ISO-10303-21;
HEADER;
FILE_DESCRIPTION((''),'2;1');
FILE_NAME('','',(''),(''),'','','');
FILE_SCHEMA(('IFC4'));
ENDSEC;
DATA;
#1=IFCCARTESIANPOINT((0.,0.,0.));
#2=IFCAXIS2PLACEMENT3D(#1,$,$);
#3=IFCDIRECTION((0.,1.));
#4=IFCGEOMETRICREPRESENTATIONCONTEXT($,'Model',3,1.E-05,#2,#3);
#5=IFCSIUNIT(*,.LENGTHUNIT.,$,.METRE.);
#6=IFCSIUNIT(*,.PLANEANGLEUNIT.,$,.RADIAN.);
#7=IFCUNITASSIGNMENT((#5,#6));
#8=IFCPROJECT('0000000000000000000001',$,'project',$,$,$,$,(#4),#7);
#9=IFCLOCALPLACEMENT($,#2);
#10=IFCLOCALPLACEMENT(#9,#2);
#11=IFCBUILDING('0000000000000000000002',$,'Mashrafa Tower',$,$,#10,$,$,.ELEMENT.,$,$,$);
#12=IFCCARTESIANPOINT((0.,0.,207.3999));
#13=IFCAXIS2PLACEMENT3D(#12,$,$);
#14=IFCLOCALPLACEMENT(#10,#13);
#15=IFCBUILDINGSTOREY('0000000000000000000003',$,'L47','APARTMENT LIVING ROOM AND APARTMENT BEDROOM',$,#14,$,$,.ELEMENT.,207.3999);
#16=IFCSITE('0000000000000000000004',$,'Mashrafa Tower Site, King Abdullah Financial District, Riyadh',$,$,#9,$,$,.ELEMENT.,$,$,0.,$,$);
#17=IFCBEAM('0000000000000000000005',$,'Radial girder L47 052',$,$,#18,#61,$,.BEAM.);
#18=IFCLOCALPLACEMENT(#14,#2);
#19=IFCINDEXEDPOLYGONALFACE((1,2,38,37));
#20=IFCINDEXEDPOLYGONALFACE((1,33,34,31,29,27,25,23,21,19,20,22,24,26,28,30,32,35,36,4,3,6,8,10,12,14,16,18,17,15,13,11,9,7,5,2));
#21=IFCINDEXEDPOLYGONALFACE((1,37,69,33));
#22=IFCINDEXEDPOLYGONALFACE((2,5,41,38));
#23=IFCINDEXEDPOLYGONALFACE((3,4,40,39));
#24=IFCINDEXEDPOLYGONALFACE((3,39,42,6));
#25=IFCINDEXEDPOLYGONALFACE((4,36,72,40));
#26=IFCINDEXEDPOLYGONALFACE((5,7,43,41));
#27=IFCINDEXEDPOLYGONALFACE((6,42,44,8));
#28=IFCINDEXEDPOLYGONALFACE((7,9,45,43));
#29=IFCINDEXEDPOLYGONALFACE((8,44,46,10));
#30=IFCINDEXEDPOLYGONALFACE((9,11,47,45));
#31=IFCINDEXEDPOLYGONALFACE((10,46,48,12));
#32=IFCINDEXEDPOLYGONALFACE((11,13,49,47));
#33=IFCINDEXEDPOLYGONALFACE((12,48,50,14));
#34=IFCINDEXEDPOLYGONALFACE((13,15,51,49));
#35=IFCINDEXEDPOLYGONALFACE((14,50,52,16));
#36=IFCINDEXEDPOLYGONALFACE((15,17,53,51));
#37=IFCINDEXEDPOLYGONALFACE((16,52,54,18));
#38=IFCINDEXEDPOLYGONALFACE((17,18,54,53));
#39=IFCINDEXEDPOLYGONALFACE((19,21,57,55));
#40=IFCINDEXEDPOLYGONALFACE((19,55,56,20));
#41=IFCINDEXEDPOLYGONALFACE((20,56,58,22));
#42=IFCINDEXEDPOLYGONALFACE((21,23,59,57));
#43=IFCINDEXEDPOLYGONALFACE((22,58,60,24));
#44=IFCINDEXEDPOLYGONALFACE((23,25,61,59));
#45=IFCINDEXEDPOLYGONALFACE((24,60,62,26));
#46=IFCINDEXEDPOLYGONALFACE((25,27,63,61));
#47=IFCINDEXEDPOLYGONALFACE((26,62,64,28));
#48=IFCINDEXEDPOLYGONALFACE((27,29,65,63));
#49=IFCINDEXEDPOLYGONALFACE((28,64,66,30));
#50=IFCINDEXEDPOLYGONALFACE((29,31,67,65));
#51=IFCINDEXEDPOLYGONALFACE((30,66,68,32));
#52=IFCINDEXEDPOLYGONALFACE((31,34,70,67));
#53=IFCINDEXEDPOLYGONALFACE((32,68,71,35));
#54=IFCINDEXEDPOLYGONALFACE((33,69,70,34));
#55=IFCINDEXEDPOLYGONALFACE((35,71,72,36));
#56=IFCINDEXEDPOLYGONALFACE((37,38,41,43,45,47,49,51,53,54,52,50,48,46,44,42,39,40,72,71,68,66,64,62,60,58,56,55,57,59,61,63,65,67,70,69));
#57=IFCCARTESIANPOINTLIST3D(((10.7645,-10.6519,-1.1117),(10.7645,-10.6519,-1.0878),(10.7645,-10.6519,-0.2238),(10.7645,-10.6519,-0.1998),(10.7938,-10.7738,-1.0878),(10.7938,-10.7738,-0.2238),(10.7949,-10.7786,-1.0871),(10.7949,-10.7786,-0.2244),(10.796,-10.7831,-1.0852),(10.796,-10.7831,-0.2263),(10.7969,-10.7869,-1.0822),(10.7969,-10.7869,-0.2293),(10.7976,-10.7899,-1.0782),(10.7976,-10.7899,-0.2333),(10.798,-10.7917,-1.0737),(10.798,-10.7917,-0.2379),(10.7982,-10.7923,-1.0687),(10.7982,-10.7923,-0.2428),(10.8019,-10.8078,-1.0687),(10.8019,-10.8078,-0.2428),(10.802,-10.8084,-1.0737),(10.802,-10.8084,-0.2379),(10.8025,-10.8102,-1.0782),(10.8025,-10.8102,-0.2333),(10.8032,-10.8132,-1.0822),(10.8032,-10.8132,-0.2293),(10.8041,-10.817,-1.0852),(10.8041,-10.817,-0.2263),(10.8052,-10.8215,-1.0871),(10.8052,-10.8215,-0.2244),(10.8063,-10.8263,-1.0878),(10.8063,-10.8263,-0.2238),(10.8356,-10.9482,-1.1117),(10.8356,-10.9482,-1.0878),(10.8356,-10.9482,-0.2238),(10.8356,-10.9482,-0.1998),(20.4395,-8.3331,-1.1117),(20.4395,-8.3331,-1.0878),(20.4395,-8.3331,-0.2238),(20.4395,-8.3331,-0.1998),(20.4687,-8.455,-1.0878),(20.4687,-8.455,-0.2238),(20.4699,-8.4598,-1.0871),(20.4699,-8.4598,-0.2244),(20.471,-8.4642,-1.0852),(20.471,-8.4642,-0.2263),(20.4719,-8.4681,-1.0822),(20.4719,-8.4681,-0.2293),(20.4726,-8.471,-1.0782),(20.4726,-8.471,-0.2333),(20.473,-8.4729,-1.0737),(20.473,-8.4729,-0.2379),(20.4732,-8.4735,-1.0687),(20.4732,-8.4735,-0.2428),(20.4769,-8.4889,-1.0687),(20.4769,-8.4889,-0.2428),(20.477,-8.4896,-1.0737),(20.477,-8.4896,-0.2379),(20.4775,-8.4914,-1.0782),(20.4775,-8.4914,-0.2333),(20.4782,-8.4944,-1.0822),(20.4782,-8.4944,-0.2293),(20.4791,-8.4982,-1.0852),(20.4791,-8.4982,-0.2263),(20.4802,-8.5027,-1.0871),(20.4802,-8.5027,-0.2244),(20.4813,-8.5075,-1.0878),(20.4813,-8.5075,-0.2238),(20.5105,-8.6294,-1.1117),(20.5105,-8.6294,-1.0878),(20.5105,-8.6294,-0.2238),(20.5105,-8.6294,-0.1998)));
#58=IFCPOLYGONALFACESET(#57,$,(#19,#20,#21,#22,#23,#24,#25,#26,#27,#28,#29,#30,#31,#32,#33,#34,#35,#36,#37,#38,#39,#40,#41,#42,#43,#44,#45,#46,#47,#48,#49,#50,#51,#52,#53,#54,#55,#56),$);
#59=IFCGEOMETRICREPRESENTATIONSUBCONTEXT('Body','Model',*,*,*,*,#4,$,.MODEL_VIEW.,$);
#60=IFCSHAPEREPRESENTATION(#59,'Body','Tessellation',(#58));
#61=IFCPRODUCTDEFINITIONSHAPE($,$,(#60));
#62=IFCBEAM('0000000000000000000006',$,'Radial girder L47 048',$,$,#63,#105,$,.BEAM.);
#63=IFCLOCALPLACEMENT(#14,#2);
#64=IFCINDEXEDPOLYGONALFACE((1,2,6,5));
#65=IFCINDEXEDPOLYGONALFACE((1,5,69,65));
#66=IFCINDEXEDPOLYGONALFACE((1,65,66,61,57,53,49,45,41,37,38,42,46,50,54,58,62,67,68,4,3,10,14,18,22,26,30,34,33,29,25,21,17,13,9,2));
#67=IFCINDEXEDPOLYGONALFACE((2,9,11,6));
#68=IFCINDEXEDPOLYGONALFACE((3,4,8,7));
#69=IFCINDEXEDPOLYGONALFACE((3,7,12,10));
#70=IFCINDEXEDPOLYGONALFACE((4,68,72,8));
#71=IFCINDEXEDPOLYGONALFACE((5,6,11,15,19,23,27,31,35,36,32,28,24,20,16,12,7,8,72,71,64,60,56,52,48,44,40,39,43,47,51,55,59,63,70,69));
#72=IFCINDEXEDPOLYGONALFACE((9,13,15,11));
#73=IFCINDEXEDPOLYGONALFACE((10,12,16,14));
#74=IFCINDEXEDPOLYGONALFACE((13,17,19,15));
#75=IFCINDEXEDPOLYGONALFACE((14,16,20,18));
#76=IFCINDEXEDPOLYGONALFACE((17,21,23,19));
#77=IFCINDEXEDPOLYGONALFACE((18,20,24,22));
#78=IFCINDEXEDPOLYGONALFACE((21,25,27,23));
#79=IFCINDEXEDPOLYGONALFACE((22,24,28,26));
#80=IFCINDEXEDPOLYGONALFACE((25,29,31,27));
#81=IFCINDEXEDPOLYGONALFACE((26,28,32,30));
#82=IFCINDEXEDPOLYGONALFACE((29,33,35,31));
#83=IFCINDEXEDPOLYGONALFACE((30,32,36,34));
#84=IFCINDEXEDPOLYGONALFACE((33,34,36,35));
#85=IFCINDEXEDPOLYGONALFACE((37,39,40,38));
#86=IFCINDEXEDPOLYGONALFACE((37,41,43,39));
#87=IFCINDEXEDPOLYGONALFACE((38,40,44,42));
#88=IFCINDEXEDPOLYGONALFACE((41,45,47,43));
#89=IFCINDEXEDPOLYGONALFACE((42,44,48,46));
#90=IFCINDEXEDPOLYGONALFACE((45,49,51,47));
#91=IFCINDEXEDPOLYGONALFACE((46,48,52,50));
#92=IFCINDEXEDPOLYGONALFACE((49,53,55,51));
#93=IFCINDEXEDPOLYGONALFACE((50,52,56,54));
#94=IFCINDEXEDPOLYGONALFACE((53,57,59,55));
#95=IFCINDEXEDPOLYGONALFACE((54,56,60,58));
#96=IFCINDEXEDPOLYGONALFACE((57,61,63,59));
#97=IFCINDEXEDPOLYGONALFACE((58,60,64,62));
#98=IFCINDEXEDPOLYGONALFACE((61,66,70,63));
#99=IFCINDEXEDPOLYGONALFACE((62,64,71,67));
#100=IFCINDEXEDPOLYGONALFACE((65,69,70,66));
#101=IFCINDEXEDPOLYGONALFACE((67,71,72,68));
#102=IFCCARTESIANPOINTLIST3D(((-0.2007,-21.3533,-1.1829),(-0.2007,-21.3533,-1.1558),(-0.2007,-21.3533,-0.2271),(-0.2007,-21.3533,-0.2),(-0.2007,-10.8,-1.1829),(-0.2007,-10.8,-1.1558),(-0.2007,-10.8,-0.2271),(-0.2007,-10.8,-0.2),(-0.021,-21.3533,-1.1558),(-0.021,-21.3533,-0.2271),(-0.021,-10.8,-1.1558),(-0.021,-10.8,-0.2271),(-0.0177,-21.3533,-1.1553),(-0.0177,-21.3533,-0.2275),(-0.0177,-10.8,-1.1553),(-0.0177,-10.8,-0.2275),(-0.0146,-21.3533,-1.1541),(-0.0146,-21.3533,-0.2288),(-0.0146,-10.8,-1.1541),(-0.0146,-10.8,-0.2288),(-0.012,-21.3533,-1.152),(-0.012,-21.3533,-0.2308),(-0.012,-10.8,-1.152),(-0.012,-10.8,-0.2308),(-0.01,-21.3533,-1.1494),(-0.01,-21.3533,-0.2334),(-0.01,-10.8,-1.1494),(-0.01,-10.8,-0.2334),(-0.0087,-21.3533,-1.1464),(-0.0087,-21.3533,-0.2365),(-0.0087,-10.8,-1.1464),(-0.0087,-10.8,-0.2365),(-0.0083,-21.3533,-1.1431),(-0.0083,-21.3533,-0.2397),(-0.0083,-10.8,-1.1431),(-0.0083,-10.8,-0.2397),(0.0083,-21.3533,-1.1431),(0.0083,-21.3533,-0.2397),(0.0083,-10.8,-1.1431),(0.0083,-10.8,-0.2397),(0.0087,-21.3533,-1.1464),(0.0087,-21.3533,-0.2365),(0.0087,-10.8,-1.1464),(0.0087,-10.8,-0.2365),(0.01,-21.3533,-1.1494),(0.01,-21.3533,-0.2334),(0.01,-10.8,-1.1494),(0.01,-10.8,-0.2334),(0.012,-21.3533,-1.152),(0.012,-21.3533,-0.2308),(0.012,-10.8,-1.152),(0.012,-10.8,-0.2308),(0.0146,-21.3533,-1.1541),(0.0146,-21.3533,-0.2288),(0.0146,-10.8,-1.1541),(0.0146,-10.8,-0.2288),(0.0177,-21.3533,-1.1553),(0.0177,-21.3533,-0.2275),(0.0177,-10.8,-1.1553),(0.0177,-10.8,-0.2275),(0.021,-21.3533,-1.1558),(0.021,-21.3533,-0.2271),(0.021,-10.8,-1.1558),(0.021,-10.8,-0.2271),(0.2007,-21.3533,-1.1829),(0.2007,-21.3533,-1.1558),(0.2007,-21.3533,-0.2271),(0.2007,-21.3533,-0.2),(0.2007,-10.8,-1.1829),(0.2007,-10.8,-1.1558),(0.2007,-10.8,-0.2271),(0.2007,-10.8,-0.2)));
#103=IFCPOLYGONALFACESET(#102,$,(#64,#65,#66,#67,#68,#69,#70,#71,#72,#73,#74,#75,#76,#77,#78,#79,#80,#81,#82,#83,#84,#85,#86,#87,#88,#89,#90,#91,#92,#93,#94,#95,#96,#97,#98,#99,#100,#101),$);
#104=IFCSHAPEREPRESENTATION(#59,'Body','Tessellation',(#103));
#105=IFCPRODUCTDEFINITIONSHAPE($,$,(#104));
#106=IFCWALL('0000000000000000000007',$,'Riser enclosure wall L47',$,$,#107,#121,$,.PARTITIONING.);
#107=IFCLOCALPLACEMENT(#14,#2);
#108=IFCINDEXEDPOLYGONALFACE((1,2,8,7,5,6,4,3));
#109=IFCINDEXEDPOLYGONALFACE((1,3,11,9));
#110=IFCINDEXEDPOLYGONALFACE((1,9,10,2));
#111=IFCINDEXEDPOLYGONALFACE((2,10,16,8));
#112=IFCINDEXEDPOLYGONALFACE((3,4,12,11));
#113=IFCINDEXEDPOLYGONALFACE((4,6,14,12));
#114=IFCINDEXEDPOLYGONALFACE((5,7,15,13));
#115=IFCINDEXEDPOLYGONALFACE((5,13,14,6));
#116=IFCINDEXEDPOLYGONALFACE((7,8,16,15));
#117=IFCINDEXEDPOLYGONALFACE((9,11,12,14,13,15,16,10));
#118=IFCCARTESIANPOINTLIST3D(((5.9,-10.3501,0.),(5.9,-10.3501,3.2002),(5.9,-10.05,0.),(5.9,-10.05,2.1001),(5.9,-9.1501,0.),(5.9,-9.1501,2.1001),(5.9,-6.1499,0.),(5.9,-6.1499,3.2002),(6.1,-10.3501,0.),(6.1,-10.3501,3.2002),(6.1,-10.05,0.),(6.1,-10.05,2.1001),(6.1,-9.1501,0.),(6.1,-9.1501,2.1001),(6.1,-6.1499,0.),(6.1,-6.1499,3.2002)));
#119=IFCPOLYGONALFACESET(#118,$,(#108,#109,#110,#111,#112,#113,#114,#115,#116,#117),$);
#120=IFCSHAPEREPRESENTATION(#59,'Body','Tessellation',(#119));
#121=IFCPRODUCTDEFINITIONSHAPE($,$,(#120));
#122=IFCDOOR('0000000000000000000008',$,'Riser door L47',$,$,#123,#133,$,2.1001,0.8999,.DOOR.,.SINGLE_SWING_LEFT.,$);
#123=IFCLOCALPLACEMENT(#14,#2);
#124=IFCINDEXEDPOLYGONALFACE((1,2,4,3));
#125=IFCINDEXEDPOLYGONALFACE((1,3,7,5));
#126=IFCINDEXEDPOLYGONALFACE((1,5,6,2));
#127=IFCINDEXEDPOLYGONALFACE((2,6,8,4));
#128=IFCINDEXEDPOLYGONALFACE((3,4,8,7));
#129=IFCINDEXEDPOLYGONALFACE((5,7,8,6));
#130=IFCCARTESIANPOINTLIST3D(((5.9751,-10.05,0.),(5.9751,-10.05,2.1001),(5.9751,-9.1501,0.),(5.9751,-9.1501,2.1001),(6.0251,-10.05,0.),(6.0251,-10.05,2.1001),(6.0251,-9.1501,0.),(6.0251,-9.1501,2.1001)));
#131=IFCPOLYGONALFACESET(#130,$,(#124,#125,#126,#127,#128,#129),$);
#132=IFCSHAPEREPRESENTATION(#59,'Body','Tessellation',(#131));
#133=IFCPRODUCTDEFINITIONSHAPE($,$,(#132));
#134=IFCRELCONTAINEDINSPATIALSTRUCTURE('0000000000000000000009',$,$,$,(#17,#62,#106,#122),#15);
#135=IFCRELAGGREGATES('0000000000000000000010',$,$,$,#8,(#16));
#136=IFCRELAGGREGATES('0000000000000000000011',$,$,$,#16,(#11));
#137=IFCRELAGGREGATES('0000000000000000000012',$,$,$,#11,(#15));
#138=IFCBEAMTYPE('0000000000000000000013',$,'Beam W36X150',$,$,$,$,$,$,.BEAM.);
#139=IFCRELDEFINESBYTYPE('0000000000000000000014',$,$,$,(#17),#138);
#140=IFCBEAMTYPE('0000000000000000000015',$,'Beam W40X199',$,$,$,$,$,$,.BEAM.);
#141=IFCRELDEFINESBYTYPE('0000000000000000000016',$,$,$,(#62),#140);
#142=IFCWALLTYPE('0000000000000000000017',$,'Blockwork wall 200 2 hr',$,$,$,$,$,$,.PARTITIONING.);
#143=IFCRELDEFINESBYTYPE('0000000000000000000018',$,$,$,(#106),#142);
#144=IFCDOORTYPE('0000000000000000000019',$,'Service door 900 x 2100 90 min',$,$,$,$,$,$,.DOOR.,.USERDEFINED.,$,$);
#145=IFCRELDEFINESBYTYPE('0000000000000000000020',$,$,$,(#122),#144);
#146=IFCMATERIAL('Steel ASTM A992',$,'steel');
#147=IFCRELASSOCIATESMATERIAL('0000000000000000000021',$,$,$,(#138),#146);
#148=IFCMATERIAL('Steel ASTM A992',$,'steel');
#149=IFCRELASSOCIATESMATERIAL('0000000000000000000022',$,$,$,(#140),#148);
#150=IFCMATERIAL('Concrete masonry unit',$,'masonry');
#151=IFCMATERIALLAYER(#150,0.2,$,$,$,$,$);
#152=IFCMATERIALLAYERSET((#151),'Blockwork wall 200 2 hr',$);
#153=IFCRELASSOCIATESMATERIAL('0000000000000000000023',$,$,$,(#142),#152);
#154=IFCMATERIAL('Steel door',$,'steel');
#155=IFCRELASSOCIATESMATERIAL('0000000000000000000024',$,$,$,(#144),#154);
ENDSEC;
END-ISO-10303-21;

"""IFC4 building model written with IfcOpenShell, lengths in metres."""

from ifc_helpers import new_model, si_unit, direction, frame, frame_2d, origin, origin_2d, place, context, subcontext, project, spatial, rectangle, i_section, extrude, material, layer, layer_set, material_profile, profile_set, type_object, element, fill, save


model = new_model("IFC4")

# Units and contexts
model_context = context("Model", 3, precision=1e-05, world=origin(), true_north=direction((0.0, 1.0)))
body_context = subcontext(model_context, "Body", "Model", "MODEL_VIEW")
ifc_project = project(units=[si_unit("LENGTHUNIT", "METRE"), si_unit("PLANEANGLEUNIT", "RADIAN")], contexts=[model_context])

# Site, building, storey
site_placement = place(None, origin())
site = spatial("IfcSite", under=ifc_project, at=site_placement, Name="Mashrafa Tower Site, King Abdullah Financial District, Riyadh", CompositionType="ELEMENT", RefElevation=0.0)
building_placement = place(site_placement, origin())
building = spatial("IfcBuilding", under=site, at=building_placement, Name="Mashrafa Tower", CompositionType="ELEMENT")
storey_placement = place(building_placement, frame((0.0, 0.0, 207.3999)))
storey = spatial("IfcBuildingStorey", under=building, at=storey_placement, Name="L47", Description="APARTMENT LIVING ROOM AND APARTMENT BEDROOM", CompositionType="ELEMENT", Elevation=207.3999)

# Beams
ifc_material_1 = material(Name="Steel ASTM A992", Category="steel")
ifc_material_profile_1 = material_profile(ifc_material_1, i_section(OverallWidth=0.3047, OverallDepth=0.9119, WebThickness=0.0159, FlangeThickness=0.0239, FilletRadius=0.019, at=origin_2d()), Name="W36X150")
ifc_profile_set_1 = profile_set([ifc_material_profile_1], Name="Steel ASTM A992")
beam_type_1 = type_object("IfcBeamType", Name="Beam W36X150", PredefinedType="BEAM", material=ifc_profile_set_1)
for number, where, z_axis, x_axis, name in (
    (1, (10.8, -10.8, -0.6558), (0.972459, 0.233072, 0.0), (-0.233072, 0.972459, 0.0), "Radial girder L47 052"),
):
    element("IfcBeam", number, at=place(storey_placement, frame(where, z_axis=z_axis, x_axis=x_axis)), inside=storey, type_object=beam_type_1, Name=name, PredefinedType="BEAM", context=body_context, shape_type="SweptSolid", body=[
        extrude(i_section(OverallWidth=0.3047, OverallDepth=0.9119, WebThickness=0.0159, FlangeThickness=0.0239, FilletRadius=0.019, at=origin_2d()), origin(), (0.0, 0.0, 1.0), 9.949),
    ])
ifc_material_2 = material(Name="Steel ASTM A992", Category="steel")
ifc_material_profile_2 = material_profile(ifc_material_2, i_section(OverallWidth=0.4014, OverallDepth=0.9829, WebThickness=0.0166, FlangeThickness=0.0271, FilletRadius=0.0127, at=origin_2d()), Name="W40X199")
ifc_profile_set_2 = profile_set([ifc_material_profile_2], Name="Steel ASTM A992")
beam_type_2 = type_object("IfcBeamType", Name="Beam W40X199", PredefinedType="BEAM", material=ifc_profile_set_2)
beam_1_placement = place(storey_placement, frame((0.0, -10.8, -0.6914), z_axis=(0.0, -1.0, 0.0), x_axis=(1.0, 0.0, 0.0)))
element("IfcBeam", 2, at=beam_1_placement, inside=storey, type_object=beam_type_2, Name="Radial girder L47 048", PredefinedType="BEAM", context=body_context, shape_type="SweptSolid", body=[
    extrude(i_section(OverallWidth=0.4014, OverallDepth=0.9829, WebThickness=0.0166, FlangeThickness=0.0271, FilletRadius=0.0127, at=origin_2d()), origin(), (0.0, 0.0, 1.0), 10.5532),
])

# Wall, opening, door
ifc_material_3 = material(Name="Concrete masonry unit", Category="masonry")
ifc_layer_1 = layer(ifc_material_3, 0.2)
ifc_layer_set_1 = layer_set([ifc_layer_1], Name="Blockwork wall 200 2 hr")
wall_type_1 = type_object("IfcWallType", Name="Blockwork wall 200 2 hr", PredefinedType="PARTITIONING", material=ifc_layer_set_1)
wall_1_placement = place(storey_placement, frame((6.0, -10.3501, 0.0), z_axis=(0.0, 0.0, 1.0), x_axis=(0.0, 1.0, 0.0)))
wall_1 = element("IfcWall", 3, at=wall_1_placement, inside=storey, type_object=wall_type_1, Name="Riser enclosure wall L47", PredefinedType="PARTITIONING", context=body_context, shape_type="SweptSolid", body=[
    extrude(rectangle(XDim=4.2002, YDim=0.2, at=frame_2d((2.1001, 0.0))), origin(), (0.0, 0.0, 1.0), 3.2002),
])
opening_1_placement = place(wall_1_placement, frame((0.3, 0.0, 0.0)))
opening_1 = element("IfcOpeningElement", 4, at=opening_1_placement, cuts=wall_1, PredefinedType="OPENING", context=body_context, shape_type="SweptSolid", body=[
    extrude(rectangle(XDim=0.8999, YDim=2.1001, at=frame_2d((0.45, 1.05))), frame((0.0, 0.1099, 0.0), z_axis=(0.0, -1.0, 0.0), x_axis=(1.0, 0.0, 0.0)), (0.0, 0.0, 1.0), 0.22),
])
ifc_material_4 = material(Name="Steel door", Category="steel")
door_type_1 = type_object("IfcDoorType", Name="Service door 900 x 2100 90 min", OperationType="USERDEFINED", PredefinedType="DOOR", material=ifc_material_4)
door_1_placement = place(opening_1_placement, origin())
door_1 = element("IfcDoor", 5, at=door_1_placement, inside=storey, type_object=door_type_1, Name="Riser door L47", OperationType="SINGLE_SWING_LEFT", OverallHeight=2.1001, OverallWidth=0.8999, PredefinedType="DOOR", context=body_context, shape_type="SweptSolid", body=[
    extrude(rectangle(XDim=0.8999, YDim=2.1001, at=frame_2d((0.45, 1.05))), frame((0.0, 0.0249, 0.0), z_axis=(0.0, -1.0, 0.0), x_axis=(1.0, 0.0, 0.0)), (0.0, 0.0, 1.0), 0.05),
])
fill(opening_1, door_1)

save(model, "model.ifc")
